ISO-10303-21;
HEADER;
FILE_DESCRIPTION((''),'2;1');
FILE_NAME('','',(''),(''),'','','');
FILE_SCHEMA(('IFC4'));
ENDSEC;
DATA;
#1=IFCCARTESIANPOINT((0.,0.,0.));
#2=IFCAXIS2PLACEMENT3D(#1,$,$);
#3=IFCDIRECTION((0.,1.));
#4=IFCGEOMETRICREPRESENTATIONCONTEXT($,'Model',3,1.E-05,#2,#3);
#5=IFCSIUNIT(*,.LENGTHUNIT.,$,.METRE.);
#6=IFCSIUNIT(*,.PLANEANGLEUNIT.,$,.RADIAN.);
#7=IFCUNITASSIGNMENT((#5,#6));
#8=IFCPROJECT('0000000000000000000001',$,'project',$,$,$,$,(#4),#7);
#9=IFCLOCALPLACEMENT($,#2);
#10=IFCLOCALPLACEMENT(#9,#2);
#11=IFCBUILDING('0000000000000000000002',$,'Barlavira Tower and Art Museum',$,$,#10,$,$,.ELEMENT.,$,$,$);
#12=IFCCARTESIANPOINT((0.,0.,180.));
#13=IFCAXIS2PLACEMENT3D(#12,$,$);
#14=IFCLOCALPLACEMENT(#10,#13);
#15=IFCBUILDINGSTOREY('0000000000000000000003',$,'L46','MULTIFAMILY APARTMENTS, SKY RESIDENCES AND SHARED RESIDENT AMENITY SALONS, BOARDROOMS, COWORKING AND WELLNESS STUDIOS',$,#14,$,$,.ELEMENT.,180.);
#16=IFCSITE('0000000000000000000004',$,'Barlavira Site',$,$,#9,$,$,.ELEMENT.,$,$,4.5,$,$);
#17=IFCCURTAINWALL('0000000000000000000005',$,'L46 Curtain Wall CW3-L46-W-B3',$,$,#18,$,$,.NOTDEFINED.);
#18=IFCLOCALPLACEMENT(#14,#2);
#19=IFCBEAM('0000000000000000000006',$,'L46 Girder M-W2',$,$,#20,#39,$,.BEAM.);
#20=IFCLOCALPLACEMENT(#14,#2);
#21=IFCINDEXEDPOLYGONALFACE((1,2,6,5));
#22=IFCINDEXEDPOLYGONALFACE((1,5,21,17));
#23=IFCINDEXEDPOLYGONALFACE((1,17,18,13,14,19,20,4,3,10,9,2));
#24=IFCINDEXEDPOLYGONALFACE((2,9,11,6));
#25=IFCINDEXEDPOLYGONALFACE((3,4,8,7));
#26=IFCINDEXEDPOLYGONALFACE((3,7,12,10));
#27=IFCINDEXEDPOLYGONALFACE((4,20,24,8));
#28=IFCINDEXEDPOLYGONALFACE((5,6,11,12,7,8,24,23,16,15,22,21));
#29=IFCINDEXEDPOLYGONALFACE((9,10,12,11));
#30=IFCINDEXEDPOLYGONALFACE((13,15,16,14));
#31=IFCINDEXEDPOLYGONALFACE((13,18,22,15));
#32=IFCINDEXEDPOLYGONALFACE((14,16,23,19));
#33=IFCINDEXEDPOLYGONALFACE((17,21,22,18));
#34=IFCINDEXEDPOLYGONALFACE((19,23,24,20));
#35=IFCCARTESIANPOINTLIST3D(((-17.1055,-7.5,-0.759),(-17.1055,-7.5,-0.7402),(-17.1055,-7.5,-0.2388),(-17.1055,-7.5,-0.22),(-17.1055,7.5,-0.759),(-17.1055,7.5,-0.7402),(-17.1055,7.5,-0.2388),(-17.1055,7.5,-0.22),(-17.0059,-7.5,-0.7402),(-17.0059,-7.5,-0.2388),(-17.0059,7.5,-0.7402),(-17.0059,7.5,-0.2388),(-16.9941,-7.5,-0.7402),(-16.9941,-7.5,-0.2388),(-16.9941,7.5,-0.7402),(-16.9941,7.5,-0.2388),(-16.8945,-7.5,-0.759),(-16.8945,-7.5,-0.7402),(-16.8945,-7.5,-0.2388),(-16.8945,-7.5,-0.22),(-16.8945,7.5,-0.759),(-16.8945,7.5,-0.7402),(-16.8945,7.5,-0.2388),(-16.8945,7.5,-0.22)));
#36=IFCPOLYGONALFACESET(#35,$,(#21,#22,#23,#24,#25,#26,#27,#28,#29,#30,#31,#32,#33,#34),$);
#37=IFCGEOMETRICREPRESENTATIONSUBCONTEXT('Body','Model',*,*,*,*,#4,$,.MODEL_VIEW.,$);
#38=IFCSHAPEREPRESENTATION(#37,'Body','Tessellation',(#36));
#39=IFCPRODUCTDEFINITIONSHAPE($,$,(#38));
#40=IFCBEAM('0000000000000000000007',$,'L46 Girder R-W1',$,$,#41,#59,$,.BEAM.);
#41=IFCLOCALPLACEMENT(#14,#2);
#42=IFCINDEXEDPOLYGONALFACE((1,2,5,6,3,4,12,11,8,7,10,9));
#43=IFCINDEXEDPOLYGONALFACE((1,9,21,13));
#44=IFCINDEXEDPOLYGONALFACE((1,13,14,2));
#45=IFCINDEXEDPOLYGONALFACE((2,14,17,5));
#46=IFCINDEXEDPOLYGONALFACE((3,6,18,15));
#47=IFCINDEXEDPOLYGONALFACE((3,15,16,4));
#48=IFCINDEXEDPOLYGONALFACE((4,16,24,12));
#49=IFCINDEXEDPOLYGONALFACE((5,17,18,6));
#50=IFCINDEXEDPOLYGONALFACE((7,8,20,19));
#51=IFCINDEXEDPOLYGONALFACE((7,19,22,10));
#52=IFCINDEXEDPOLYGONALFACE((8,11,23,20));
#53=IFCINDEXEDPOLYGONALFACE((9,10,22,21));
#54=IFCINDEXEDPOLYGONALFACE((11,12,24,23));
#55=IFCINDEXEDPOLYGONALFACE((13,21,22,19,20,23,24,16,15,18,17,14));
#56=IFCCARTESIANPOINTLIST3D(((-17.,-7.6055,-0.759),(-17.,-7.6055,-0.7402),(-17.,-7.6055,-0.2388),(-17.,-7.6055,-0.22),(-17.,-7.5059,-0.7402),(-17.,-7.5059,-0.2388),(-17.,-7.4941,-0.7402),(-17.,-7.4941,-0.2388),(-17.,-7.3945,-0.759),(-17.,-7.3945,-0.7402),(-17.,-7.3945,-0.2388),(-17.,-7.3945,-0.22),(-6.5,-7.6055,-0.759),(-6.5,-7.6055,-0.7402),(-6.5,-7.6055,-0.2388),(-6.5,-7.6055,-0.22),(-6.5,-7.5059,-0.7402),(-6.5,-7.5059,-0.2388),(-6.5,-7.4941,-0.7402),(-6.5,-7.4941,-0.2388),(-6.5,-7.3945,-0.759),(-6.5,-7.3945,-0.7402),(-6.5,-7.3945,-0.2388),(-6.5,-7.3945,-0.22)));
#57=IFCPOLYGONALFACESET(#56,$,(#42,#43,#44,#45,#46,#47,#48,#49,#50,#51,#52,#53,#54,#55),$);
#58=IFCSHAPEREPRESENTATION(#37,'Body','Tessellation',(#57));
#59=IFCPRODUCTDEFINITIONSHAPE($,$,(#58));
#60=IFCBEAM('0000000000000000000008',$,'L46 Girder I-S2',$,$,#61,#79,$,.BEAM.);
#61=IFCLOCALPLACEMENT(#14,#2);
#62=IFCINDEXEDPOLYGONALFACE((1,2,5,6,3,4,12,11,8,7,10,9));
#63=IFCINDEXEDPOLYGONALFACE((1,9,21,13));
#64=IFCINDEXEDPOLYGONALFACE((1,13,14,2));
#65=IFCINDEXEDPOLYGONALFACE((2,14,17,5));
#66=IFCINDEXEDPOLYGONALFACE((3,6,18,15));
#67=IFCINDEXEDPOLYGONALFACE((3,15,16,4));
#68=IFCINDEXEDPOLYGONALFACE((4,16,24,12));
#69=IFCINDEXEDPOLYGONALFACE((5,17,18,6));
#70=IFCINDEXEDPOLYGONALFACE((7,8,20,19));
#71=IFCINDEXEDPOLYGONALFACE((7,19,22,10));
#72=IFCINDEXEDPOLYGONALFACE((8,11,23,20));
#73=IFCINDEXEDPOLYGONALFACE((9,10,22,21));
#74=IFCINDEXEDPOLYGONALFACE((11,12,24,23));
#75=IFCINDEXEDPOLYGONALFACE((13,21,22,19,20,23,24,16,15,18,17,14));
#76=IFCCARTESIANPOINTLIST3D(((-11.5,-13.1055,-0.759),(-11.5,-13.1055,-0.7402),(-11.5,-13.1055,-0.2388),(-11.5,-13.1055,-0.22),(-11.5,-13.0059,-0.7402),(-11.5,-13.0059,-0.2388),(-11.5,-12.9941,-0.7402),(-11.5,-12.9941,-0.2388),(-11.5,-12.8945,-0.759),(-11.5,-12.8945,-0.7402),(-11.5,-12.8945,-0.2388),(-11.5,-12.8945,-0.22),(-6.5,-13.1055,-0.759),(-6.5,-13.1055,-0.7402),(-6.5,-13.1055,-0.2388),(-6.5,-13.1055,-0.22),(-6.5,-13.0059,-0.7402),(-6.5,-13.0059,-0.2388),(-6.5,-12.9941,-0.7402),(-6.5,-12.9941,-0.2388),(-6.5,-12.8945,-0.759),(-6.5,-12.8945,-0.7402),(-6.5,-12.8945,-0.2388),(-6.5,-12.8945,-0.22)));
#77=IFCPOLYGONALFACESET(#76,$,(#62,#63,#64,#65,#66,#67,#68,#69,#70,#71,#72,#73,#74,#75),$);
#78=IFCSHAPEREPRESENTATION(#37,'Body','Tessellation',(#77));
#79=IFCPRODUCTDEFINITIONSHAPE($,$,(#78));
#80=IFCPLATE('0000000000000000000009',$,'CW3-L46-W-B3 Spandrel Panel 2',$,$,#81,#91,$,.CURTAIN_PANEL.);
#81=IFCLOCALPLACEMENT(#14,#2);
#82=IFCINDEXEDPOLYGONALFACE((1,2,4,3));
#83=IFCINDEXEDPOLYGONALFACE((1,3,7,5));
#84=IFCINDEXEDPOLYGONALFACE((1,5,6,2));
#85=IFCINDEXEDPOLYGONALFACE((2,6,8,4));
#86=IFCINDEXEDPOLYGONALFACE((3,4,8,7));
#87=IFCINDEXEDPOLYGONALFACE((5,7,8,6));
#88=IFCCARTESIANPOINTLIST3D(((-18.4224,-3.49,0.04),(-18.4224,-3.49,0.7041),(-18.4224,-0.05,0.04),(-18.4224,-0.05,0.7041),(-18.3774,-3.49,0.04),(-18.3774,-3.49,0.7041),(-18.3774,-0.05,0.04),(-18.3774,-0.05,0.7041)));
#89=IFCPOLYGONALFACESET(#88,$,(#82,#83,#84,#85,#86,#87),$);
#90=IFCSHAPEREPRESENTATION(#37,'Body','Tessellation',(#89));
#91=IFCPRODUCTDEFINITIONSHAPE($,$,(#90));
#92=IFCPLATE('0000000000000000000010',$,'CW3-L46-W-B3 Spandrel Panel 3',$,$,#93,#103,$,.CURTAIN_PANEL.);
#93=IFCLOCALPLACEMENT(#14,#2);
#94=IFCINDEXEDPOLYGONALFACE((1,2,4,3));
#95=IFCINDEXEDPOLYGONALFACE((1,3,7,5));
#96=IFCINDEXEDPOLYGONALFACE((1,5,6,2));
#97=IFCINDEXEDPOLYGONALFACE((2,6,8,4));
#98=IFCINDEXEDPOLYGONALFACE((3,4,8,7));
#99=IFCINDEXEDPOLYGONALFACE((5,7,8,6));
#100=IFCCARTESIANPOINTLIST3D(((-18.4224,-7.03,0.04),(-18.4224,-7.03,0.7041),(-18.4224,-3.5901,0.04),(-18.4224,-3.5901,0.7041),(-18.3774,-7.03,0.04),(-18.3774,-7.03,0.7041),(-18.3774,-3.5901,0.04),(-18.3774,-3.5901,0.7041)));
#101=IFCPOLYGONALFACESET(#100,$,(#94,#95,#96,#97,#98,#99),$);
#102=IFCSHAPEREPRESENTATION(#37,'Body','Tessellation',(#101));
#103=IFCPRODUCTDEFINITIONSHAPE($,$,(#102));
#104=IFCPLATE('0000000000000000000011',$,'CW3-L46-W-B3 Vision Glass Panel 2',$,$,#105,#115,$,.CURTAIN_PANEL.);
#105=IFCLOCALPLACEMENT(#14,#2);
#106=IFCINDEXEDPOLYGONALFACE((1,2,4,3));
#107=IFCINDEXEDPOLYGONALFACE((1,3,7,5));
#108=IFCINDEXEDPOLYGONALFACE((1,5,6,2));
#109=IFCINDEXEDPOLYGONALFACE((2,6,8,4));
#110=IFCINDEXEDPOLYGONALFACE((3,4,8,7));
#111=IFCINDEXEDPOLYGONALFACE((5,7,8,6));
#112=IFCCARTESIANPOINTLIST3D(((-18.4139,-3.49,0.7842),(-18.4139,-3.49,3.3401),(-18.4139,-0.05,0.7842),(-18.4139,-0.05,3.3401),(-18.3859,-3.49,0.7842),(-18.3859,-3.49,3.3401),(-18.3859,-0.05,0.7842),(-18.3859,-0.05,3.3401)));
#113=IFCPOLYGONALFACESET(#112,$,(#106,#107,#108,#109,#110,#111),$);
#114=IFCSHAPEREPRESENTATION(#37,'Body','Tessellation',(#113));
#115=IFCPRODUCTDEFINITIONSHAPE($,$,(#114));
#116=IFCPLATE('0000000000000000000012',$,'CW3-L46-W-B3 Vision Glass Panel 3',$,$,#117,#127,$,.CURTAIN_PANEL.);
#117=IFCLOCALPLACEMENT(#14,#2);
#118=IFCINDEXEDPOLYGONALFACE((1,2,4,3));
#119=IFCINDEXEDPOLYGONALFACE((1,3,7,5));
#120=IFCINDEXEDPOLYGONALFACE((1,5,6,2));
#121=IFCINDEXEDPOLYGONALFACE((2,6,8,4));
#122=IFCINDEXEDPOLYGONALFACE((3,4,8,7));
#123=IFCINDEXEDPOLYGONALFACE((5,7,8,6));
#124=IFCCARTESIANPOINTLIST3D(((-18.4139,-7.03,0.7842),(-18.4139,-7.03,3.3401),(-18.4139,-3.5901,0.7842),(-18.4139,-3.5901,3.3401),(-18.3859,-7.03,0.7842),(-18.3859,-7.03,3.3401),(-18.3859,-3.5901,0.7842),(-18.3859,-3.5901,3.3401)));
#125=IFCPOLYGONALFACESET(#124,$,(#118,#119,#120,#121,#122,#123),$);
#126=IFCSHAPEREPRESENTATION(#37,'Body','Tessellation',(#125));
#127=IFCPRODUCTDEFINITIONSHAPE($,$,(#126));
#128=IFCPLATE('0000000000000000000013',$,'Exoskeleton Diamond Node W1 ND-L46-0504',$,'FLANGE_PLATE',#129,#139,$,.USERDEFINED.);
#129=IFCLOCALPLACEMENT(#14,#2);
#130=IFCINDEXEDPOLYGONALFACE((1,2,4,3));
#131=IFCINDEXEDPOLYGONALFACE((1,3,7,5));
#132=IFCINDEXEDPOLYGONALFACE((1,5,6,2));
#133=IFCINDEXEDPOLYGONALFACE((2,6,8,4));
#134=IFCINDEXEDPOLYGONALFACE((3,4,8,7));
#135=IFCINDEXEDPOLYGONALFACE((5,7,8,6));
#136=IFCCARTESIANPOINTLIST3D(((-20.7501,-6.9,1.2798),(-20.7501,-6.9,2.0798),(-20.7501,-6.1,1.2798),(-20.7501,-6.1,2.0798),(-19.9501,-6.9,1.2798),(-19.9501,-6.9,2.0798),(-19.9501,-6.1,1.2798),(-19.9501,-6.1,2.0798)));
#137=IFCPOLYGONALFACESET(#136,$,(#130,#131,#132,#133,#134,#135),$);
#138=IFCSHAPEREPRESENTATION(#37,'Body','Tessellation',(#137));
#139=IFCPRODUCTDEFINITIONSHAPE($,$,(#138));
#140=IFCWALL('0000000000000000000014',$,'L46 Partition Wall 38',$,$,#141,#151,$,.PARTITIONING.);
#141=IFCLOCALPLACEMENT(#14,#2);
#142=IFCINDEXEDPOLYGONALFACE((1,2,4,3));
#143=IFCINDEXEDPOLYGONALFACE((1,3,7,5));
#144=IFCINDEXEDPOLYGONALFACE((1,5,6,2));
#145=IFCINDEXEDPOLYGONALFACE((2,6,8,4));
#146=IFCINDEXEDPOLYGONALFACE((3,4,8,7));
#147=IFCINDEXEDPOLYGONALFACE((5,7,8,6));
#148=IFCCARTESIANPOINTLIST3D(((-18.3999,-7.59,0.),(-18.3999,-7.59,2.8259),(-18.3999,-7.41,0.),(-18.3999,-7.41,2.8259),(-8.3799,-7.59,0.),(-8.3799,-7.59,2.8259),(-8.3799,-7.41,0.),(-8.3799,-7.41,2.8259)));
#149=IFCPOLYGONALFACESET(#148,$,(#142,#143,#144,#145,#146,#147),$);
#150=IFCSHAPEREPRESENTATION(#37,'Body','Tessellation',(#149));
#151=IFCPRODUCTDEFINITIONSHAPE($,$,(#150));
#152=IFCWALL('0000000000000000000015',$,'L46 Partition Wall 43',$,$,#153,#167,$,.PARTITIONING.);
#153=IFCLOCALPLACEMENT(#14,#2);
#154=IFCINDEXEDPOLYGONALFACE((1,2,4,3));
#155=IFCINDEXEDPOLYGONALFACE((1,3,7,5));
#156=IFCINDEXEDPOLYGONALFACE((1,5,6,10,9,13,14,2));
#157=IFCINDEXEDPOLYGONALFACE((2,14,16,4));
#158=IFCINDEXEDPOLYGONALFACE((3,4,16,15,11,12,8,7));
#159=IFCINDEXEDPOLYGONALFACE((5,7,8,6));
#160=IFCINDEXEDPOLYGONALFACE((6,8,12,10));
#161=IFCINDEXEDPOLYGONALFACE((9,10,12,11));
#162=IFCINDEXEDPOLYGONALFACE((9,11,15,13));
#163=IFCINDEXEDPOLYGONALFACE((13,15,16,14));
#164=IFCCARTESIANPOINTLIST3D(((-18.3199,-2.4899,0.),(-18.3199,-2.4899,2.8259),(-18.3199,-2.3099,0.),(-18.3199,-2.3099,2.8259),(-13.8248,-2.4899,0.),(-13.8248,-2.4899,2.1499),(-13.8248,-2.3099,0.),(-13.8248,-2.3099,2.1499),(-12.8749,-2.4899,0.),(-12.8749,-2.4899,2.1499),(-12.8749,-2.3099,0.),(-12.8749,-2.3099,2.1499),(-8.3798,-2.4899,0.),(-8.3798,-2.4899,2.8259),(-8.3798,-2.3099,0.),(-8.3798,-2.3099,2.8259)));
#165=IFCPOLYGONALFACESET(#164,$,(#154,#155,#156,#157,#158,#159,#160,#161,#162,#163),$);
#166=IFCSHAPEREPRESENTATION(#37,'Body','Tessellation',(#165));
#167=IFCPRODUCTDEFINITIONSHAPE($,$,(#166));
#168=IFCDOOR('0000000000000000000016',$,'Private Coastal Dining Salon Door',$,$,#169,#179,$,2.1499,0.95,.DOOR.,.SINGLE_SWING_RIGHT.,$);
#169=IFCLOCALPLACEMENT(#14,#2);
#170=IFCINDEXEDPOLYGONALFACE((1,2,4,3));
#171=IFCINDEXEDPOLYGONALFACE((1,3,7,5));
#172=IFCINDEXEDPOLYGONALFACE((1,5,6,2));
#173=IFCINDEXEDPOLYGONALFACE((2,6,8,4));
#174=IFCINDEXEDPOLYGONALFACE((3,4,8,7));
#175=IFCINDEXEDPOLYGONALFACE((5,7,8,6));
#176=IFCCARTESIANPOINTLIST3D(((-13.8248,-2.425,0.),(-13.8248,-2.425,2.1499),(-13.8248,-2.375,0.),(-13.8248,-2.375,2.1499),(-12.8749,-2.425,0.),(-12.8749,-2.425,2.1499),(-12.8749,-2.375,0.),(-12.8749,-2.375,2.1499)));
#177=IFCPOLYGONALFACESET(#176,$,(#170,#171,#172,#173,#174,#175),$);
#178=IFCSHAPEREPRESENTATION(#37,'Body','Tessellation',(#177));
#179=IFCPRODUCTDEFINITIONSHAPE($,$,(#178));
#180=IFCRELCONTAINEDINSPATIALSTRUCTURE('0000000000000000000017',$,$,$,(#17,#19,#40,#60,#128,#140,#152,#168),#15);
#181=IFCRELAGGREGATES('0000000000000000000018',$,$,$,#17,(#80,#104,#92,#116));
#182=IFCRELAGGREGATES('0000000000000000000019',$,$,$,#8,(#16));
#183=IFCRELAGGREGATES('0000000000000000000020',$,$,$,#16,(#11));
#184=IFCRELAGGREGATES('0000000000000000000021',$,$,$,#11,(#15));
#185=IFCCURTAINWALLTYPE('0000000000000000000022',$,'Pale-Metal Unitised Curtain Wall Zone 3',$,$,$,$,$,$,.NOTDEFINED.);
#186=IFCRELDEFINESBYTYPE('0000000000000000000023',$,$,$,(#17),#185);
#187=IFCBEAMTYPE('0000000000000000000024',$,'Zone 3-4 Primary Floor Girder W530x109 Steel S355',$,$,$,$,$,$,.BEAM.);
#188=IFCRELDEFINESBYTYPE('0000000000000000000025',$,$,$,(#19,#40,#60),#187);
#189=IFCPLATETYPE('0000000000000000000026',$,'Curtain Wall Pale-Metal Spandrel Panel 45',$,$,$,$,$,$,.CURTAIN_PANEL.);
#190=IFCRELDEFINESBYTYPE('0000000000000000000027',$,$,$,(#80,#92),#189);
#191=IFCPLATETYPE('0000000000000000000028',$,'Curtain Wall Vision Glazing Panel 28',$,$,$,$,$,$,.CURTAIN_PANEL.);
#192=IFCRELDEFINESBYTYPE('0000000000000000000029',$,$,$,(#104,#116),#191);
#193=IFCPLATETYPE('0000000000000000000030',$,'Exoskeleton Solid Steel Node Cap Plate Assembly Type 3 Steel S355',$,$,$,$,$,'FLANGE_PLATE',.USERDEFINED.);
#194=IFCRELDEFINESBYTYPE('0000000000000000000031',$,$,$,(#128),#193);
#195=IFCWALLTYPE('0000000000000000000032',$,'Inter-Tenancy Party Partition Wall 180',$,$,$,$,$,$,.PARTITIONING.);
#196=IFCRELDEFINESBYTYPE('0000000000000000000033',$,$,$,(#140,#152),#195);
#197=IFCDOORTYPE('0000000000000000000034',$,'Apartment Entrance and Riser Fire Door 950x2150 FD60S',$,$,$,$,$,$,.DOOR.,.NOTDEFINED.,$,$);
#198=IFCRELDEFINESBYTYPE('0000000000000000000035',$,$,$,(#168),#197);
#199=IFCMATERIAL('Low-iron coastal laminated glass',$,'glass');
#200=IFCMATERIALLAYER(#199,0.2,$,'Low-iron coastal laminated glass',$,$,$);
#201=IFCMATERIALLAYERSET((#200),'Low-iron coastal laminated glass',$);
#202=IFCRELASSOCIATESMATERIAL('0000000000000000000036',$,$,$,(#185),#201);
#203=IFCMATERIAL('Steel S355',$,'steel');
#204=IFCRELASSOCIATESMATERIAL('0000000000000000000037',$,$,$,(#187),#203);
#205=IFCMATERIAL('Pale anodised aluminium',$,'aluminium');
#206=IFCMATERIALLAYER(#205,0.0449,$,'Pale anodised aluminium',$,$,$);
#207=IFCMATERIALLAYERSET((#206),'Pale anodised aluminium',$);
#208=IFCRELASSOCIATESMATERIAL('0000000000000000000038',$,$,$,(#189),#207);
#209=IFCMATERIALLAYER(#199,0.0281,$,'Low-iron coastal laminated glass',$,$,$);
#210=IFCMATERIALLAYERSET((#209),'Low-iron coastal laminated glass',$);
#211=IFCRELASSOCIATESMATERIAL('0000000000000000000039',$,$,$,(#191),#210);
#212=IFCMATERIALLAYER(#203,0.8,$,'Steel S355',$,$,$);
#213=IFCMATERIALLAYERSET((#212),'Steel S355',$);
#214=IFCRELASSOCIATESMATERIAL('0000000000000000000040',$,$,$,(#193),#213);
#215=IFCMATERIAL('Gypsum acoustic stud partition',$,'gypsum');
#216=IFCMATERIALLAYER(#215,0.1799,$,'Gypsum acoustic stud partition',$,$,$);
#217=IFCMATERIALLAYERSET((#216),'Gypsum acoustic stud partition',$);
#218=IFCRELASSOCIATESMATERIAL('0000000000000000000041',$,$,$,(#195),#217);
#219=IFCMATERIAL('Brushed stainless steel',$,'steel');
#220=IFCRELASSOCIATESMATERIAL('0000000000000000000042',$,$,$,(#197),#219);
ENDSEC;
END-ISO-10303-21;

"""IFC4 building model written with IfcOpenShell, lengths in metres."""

from ifc_helpers import new_model, si_unit, direction, frame, frame_2d, origin, origin_2d, place, context, subcontext, project, spatial, rectangle, i_section, extrude, material, layer, layer_set, material_profile, profile_set, type_object, element, fill, aggregate, save


model = new_model("IFC4")

# Units and contexts
model_context = context("Model", 3, precision=1e-05, world=origin(), true_north=direction((0.0, 1.0)))
body_context = subcontext(model_context, "Body", "Model", "MODEL_VIEW")
ifc_project = project(units=[si_unit("LENGTHUNIT", "METRE"), si_unit("PLANEANGLEUNIT", "RADIAN")], contexts=[model_context])

# Site, building, storey
site_placement = place(None, origin())
site = spatial("IfcSite", under=ifc_project, at=site_placement, Name="Barlavira Site", CompositionType="ELEMENT", RefElevation=4.5)
building_placement = place(site_placement, origin())
building = spatial("IfcBuilding", under=site, at=building_placement, Name="Barlavira Tower and Art Museum", CompositionType="ELEMENT")
storey_placement = place(building_placement, frame((0.0, 0.0, 180.0)))
storey = spatial("IfcBuildingStorey", under=building, at=storey_placement, Name="L46", Description="MULTIFAMILY APARTMENTS, SKY RESIDENCES AND SHARED RESIDENT AMENITY SALONS, BOARDROOMS, COWORKING AND WELLNESS STUDIOS", CompositionType="ELEMENT", Elevation=180.0)

# Curtain wall
ifc_material_1 = material(Name="Low-iron coastal laminated glass", Category="glass")
ifc_layer_1 = layer(ifc_material_1, 0.2, Name="Low-iron coastal laminated glass")
ifc_layer_set_1 = layer_set([ifc_layer_1], Name="Low-iron coastal laminated glass")
curtain_wall_type = type_object("IfcCurtainWallType", Name="Pale-Metal Unitised Curtain Wall Zone 3", PredefinedType="NOTDEFINED", material=ifc_layer_set_1)
curtain_wall_placement = place(storey_placement, origin())
curtain_wall = element("IfcCurtainWall", 1, at=curtain_wall_placement, inside=storey, type_object=curtain_wall_type, Name="L46 Curtain Wall CW3-L46-W-B3", PredefinedType="NOTDEFINED")
ifc_material_2 = material(Name="Pale anodised aluminium", Category="aluminium")

# Beams
ifc_material_3 = material(Name="Steel S355", Category="steel")
ifc_material_profile_1 = material_profile(ifc_material_3, i_section(OverallWidth=0.2109, OverallDepth=0.5391, WebThickness=0.0117, FlangeThickness=0.0188, at=origin_2d()), Name="W530x109.0")
ifc_profile_set_1 = profile_set([ifc_material_profile_1], Name="Steel S355")
beam_type_1 = type_object("IfcBeamType", Name="Zone 3-4 Primary Floor Girder W530x109 Steel S355", PredefinedType="BEAM", material=ifc_profile_set_1)
beam_1_placement = place(storey_placement, frame((-17.0, -7.5, -0.4895), z_axis=(0.0, 1.0, 0.0), x_axis=(-1.0, 0.0, 0.0)))
element("IfcBeam", 2, at=beam_1_placement, inside=storey, type_object=beam_type_1, Name="L46 Girder M-W2", PredefinedType="BEAM", context=body_context, shape_type="SweptSolid", body=[
    extrude(i_section(OverallWidth=0.2109, OverallDepth=0.5391, WebThickness=0.0117, FlangeThickness=0.0188, at=origin_2d()), origin(), (0.0, 0.0, 1.0), 15.0),
])
beam_2_placement = place(storey_placement, frame((-17.0, -7.5, -0.4895), z_axis=(1.0, 0.0, 0.0), x_axis=(0.0, 1.0, 0.0)))
element("IfcBeam", 3, at=beam_2_placement, inside=storey, type_object=beam_type_1, Name="L46 Girder R-W1", PredefinedType="BEAM", context=body_context, shape_type="SweptSolid", body=[
    extrude(i_section(OverallWidth=0.2109, OverallDepth=0.5391, WebThickness=0.0117, FlangeThickness=0.0188, at=origin_2d()), origin(), (0.0, 0.0, 1.0), 10.5),
])
beam_3_placement = place(storey_placement, frame((-11.5, -13.0, -0.4895), z_axis=(1.0, 0.0, 0.0), x_axis=(0.0, 1.0, 0.0)))
element("IfcBeam", 4, at=beam_3_placement, inside=storey, type_object=beam_type_1, Name="L46 Girder I-S2", PredefinedType="BEAM", context=body_context, shape_type="SweptSolid", body=[
    extrude(i_section(OverallWidth=0.2109, OverallDepth=0.5391, WebThickness=0.0117, FlangeThickness=0.0188, at=origin_2d()), origin(), (0.0, 0.0, 1.0), 5.0),
])

# Plates
ifc_layer_2 = layer(ifc_material_2, 0.0449, Name="Pale anodised aluminium")
ifc_layer_set_2 = layer_set([ifc_layer_2], Name="Pale anodised aluminium")
plate_type_1 = type_object("IfcPlateType", Name="Curtain Wall Pale-Metal Spandrel Panel 45", PredefinedType="CURTAIN_PANEL", material=ifc_layer_set_2)
plate_1_placement = place(storey_placement, frame((-18.3999, -1.77, 0.04), z_axis=(0.0, 0.0, 1.0), x_axis=(0.0, -1.0, 0.0)))
plate_1 = element("IfcPlate", 5, at=plate_1_placement, type_object=plate_type_1, Name="CW3-L46-W-B3 Spandrel Panel 2", PredefinedType="CURTAIN_PANEL", context=body_context, shape_type="SweptSolid", body=[
    extrude(rectangle(XDim=3.4399, YDim=0.0449, at=origin_2d()), origin(), (0.0, 0.0, 1.0), 0.6641),
])
plate_2_placement = place(storey_placement, frame((-18.3999, -5.3101, 0.04), z_axis=(0.0, 0.0, 1.0), x_axis=(0.0, -1.0, 0.0)))
plate_2 = element("IfcPlate", 6, at=plate_2_placement, type_object=plate_type_1, Name="CW3-L46-W-B3 Spandrel Panel 3", PredefinedType="CURTAIN_PANEL", context=body_context, shape_type="SweptSolid", body=[
    extrude(rectangle(XDim=3.4399, YDim=0.0449, at=origin_2d()), origin(), (0.0, 0.0, 1.0), 0.6641),
])
ifc_layer_3 = layer(ifc_material_1, 0.0281, Name="Low-iron coastal laminated glass")
ifc_layer_set_3 = layer_set([ifc_layer_3], Name="Low-iron coastal laminated glass")
plate_type_2 = type_object("IfcPlateType", Name="Curtain Wall Vision Glazing Panel 28", PredefinedType="CURTAIN_PANEL", material=ifc_layer_set_3)
plate_3_placement = place(storey_placement, frame((-18.3999, -1.77, 0.7842), z_axis=(0.0, 0.0, 1.0), x_axis=(0.0, -1.0, 0.0)))
plate_3 = element("IfcPlate", 7, at=plate_3_placement, type_object=plate_type_2, Name="CW3-L46-W-B3 Vision Glass Panel 2", PredefinedType="CURTAIN_PANEL", context=body_context, shape_type="SweptSolid", body=[
    extrude(rectangle(XDim=3.4399, YDim=0.0281, at=origin_2d()), origin(), (0.0, 0.0, 1.0), 2.5559),
])
plate_4_placement = place(storey_placement, frame((-18.3999, -5.3101, 0.7842), z_axis=(0.0, 0.0, 1.0), x_axis=(0.0, -1.0, 0.0)))
plate_4 = element("IfcPlate", 8, at=plate_4_placement, type_object=plate_type_2, Name="CW3-L46-W-B3 Vision Glass Panel 3", PredefinedType="CURTAIN_PANEL", context=body_context, shape_type="SweptSolid", body=[
    extrude(rectangle(XDim=3.4399, YDim=0.0281, at=origin_2d()), origin(), (0.0, 0.0, 1.0), 2.5559),
])
aggregate(curtain_wall, [plate_1, plate_3, plate_2, plate_4])
ifc_layer_4 = layer(ifc_material_3, 0.8, Name="Steel S355")
ifc_layer_set_4 = layer_set([ifc_layer_4], Name="Steel S355")
plate_type_3 = type_object("IfcPlateType", Name="Exoskeleton Solid Steel Node Cap Plate Assembly Type 3 Steel S355", ElementType="FLANGE_PLATE", PredefinedType="USERDEFINED", material=ifc_layer_set_4)
plate_5_placement = place(storey_placement, frame((-20.3501, -6.5, 1.2798), z_axis=(0.0, 0.0, 1.0), x_axis=(1.0, 0.0, 0.0)))
element("IfcPlate", 9, at=plate_5_placement, inside=storey, type_object=plate_type_3, Name="Exoskeleton Diamond Node W1 ND-L46-0504", ObjectType="FLANGE_PLATE", PredefinedType="USERDEFINED", context=body_context, shape_type="SweptSolid", body=[
    extrude(rectangle(XDim=0.8, YDim=0.8, at=origin_2d()), origin(), (0.0, 0.0, 1.0), 0.8),
])

# Shared definitions
ifc_material_4 = material(Name="Gypsum acoustic stud partition", Category="gypsum")
ifc_layer_5 = layer(ifc_material_4, 0.1799, Name="Gypsum acoustic stud partition")
ifc_layer_set_5 = layer_set([ifc_layer_5], Name="Gypsum acoustic stud partition")
wall_type_1 = type_object("IfcWallType", Name="Inter-Tenancy Party Partition Wall 180", PredefinedType="PARTITIONING", material=ifc_layer_set_5)
ifc_material_5 = material(Name="Brushed stainless steel", Category="steel")
door_type = type_object("IfcDoorType", Name="Apartment Entrance and Riser Fire Door 950x2150 FD60S", OperationType="NOTDEFINED", PredefinedType="DOOR", material=ifc_material_5)

# Wall
wall_1_placement = place(storey_placement, frame((-18.3999, -7.5, 0.0), z_axis=(0.0, 0.0, 1.0), x_axis=(1.0, 0.0, 0.0)))
element("IfcWall", 10, at=wall_1_placement, inside=storey, type_object=wall_type_1, Name="L46 Partition Wall 38", PredefinedType="PARTITIONING", context=body_context, shape_type="SweptSolid", body=[
    extrude(rectangle(XDim=10.02, YDim=0.1799, at=frame_2d((5.01, 0.0))), origin(), (0.0, 0.0, 1.0), 2.8259),
])

# Wall, opening, door
wall_2_placement = place(storey_placement, frame((-18.3201, -2.3999, 0.0), z_axis=(0.0, 0.0, 1.0), x_axis=(1.0, 0.0, 0.0)))
wall_2 = element("IfcWall", 11, at=wall_2_placement, inside=storey, type_object=wall_type_1, Name="L46 Partition Wall 43", PredefinedType="PARTITIONING", context=body_context, shape_type="SweptSolid", body=[
    extrude(rectangle(XDim=9.9402, YDim=0.1799, at=frame_2d((4.9702, 0.0))), origin(), (0.0, 0.0, 1.0), 2.8259),
])
opening_1_placement = place(wall_2_placement, frame((4.4951, 0.0, 0.0)))
opening_1 = element("IfcOpeningElement", 12, at=opening_1_placement, cuts=wall_2, PredefinedType="OPENING", context=body_context, shape_type="SweptSolid", body=[
    extrude(rectangle(XDim=0.95, YDim=2.1499, at=frame_2d((0.4751, 1.075))), frame((0.0, 0.1001, 0.0), z_axis=(0.0, -1.0, 0.0), x_axis=(1.0, 0.0, 0.0)), (0.0, 0.0, 1.0), 0.2),
])
door_1_placement = place(opening_1_placement, origin())
door_1 = element("IfcDoor", 13, at=door_1_placement, inside=storey, type_object=door_type, Name="Private Coastal Dining Salon Door", OperationType="SINGLE_SWING_RIGHT", OverallHeight=2.1499, OverallWidth=0.95, PredefinedType="DOOR", context=body_context, shape_type="SweptSolid", body=[
    extrude(rectangle(XDim=0.95, YDim=2.1499, at=frame_2d((0.4751, 1.075))), frame((0.0, 0.0249, 0.0), z_axis=(0.0, -1.0, 0.0), x_axis=(1.0, 0.0, 0.0)), (0.0, 0.0, 1.0), 0.05),
])
fill(opening_1, door_1)

save(model, "model.ifc")
